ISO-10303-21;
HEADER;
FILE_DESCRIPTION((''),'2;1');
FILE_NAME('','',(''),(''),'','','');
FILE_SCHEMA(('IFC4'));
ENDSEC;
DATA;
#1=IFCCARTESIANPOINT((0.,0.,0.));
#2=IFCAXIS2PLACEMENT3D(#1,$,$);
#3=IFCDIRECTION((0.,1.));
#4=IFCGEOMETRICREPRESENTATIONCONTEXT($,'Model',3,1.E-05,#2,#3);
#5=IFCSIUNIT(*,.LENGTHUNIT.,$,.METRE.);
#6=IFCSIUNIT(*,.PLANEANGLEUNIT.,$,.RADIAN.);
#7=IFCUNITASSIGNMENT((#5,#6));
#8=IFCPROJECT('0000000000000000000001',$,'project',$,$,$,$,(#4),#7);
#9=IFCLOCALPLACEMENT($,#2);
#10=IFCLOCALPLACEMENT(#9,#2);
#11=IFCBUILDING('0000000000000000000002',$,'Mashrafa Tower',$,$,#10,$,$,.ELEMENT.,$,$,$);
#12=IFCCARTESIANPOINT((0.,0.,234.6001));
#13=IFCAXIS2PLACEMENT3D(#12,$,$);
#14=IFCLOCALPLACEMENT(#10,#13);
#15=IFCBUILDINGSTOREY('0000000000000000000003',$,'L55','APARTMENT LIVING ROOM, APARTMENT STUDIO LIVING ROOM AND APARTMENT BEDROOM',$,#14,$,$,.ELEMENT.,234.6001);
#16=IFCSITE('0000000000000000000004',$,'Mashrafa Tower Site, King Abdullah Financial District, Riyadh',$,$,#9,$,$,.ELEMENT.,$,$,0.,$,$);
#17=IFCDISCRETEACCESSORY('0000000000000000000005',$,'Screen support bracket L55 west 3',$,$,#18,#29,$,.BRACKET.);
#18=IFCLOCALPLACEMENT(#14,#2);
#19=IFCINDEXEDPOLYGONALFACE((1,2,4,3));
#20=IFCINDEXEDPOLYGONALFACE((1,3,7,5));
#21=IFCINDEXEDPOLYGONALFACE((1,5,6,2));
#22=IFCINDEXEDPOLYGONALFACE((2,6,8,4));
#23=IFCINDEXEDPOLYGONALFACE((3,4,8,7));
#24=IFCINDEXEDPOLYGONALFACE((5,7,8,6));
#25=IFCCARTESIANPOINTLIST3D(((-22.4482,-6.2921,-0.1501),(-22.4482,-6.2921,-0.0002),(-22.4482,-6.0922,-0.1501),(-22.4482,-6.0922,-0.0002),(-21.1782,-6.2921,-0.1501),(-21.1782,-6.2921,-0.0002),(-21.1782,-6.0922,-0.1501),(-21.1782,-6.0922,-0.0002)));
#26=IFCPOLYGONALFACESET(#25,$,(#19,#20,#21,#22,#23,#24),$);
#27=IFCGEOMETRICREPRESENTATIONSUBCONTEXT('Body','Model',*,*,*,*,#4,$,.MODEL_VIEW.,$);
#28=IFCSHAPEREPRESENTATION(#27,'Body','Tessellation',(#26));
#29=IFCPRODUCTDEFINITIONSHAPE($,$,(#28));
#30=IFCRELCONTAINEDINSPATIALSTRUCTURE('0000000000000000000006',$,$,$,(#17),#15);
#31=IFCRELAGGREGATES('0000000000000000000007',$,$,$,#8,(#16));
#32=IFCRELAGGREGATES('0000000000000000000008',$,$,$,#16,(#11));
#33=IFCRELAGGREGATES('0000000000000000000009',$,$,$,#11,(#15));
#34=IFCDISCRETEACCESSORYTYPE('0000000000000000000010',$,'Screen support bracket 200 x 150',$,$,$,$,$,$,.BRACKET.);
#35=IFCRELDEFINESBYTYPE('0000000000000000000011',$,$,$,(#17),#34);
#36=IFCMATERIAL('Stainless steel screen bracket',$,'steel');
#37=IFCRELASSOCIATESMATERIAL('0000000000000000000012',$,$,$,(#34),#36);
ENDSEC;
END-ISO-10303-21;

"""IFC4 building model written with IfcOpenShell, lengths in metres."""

from ifc_helpers import new_model, si_unit, direction, frame, origin, origin_2d, place, context, subcontext, project, spatial, rectangle, extrude, source, transform, mapped, material, type_object, type_shapes, element, save


model = new_model("IFC4")

# Units and contexts
model_context = context("Model", 3, precision=1e-05, world=origin(), true_north=direction((0.0, 1.0)))
body_context = subcontext(model_context, "Body", "Model", "MODEL_VIEW")
ifc_project = project(units=[si_unit("LENGTHUNIT", "METRE"), si_unit("PLANEANGLEUNIT", "RADIAN")], contexts=[model_context])

# Site, building, storey
site_placement = place(None, origin())
site = spatial("IfcSite", under=ifc_project, at=site_placement, Name="Mashrafa Tower Site, King Abdullah Financial District, Riyadh", CompositionType="ELEMENT", RefElevation=0.0)
building_placement = place(site_placement, origin())
building = spatial("IfcBuilding", under=site, at=building_placement, Name="Mashrafa Tower", CompositionType="ELEMENT")
storey_placement = place(building_placement, frame((0.0, 0.0, 234.6001)))
storey = spatial("IfcBuildingStorey", under=building, at=storey_placement, Name="L55", Description="APARTMENT LIVING ROOM, APARTMENT STUDIO LIVING ROOM AND APARTMENT BEDROOM", CompositionType="ELEMENT", Elevation=234.6001)

# Discrete accessory
ifc_material_1 = material(Name="Stainless steel screen bracket", Category="steel")
discrete_accessory_type = type_object("IfcDiscreteAccessoryType", Name="Screen support bracket 200 x 150", PredefinedType="BRACKET", material=ifc_material_1)
shared_shape_1 = source(origin(), body_context, "Body", "SweptSolid", [
    extrude(rectangle(XDim=0.2, YDim=1.27, at=origin_2d()), origin(), (0.0, 0.0, 1.0), 0.1499),
])
type_shapes(discrete_accessory_type, [shared_shape_1])
for number, where, z_axis, x_axis, name in (
    (1, (-21.8132, -6.1921, -0.1501), (0.0, 0.0, 1.0), (0.0, -1.0, 0.0), "Screen support bracket L55 west 3"),
):
    element("IfcDiscreteAccessory", number, at=place(storey_placement, frame(where, z_axis=z_axis, x_axis=x_axis)), inside=storey, type_object=discrete_accessory_type, Name=name, PredefinedType="BRACKET", context=body_context, shape_type="MappedRepresentation", body=[
        mapped(shared_shape_1, transform((0.0, 0.0, 0.0))),
    ])

save(model, "model.ifc")
